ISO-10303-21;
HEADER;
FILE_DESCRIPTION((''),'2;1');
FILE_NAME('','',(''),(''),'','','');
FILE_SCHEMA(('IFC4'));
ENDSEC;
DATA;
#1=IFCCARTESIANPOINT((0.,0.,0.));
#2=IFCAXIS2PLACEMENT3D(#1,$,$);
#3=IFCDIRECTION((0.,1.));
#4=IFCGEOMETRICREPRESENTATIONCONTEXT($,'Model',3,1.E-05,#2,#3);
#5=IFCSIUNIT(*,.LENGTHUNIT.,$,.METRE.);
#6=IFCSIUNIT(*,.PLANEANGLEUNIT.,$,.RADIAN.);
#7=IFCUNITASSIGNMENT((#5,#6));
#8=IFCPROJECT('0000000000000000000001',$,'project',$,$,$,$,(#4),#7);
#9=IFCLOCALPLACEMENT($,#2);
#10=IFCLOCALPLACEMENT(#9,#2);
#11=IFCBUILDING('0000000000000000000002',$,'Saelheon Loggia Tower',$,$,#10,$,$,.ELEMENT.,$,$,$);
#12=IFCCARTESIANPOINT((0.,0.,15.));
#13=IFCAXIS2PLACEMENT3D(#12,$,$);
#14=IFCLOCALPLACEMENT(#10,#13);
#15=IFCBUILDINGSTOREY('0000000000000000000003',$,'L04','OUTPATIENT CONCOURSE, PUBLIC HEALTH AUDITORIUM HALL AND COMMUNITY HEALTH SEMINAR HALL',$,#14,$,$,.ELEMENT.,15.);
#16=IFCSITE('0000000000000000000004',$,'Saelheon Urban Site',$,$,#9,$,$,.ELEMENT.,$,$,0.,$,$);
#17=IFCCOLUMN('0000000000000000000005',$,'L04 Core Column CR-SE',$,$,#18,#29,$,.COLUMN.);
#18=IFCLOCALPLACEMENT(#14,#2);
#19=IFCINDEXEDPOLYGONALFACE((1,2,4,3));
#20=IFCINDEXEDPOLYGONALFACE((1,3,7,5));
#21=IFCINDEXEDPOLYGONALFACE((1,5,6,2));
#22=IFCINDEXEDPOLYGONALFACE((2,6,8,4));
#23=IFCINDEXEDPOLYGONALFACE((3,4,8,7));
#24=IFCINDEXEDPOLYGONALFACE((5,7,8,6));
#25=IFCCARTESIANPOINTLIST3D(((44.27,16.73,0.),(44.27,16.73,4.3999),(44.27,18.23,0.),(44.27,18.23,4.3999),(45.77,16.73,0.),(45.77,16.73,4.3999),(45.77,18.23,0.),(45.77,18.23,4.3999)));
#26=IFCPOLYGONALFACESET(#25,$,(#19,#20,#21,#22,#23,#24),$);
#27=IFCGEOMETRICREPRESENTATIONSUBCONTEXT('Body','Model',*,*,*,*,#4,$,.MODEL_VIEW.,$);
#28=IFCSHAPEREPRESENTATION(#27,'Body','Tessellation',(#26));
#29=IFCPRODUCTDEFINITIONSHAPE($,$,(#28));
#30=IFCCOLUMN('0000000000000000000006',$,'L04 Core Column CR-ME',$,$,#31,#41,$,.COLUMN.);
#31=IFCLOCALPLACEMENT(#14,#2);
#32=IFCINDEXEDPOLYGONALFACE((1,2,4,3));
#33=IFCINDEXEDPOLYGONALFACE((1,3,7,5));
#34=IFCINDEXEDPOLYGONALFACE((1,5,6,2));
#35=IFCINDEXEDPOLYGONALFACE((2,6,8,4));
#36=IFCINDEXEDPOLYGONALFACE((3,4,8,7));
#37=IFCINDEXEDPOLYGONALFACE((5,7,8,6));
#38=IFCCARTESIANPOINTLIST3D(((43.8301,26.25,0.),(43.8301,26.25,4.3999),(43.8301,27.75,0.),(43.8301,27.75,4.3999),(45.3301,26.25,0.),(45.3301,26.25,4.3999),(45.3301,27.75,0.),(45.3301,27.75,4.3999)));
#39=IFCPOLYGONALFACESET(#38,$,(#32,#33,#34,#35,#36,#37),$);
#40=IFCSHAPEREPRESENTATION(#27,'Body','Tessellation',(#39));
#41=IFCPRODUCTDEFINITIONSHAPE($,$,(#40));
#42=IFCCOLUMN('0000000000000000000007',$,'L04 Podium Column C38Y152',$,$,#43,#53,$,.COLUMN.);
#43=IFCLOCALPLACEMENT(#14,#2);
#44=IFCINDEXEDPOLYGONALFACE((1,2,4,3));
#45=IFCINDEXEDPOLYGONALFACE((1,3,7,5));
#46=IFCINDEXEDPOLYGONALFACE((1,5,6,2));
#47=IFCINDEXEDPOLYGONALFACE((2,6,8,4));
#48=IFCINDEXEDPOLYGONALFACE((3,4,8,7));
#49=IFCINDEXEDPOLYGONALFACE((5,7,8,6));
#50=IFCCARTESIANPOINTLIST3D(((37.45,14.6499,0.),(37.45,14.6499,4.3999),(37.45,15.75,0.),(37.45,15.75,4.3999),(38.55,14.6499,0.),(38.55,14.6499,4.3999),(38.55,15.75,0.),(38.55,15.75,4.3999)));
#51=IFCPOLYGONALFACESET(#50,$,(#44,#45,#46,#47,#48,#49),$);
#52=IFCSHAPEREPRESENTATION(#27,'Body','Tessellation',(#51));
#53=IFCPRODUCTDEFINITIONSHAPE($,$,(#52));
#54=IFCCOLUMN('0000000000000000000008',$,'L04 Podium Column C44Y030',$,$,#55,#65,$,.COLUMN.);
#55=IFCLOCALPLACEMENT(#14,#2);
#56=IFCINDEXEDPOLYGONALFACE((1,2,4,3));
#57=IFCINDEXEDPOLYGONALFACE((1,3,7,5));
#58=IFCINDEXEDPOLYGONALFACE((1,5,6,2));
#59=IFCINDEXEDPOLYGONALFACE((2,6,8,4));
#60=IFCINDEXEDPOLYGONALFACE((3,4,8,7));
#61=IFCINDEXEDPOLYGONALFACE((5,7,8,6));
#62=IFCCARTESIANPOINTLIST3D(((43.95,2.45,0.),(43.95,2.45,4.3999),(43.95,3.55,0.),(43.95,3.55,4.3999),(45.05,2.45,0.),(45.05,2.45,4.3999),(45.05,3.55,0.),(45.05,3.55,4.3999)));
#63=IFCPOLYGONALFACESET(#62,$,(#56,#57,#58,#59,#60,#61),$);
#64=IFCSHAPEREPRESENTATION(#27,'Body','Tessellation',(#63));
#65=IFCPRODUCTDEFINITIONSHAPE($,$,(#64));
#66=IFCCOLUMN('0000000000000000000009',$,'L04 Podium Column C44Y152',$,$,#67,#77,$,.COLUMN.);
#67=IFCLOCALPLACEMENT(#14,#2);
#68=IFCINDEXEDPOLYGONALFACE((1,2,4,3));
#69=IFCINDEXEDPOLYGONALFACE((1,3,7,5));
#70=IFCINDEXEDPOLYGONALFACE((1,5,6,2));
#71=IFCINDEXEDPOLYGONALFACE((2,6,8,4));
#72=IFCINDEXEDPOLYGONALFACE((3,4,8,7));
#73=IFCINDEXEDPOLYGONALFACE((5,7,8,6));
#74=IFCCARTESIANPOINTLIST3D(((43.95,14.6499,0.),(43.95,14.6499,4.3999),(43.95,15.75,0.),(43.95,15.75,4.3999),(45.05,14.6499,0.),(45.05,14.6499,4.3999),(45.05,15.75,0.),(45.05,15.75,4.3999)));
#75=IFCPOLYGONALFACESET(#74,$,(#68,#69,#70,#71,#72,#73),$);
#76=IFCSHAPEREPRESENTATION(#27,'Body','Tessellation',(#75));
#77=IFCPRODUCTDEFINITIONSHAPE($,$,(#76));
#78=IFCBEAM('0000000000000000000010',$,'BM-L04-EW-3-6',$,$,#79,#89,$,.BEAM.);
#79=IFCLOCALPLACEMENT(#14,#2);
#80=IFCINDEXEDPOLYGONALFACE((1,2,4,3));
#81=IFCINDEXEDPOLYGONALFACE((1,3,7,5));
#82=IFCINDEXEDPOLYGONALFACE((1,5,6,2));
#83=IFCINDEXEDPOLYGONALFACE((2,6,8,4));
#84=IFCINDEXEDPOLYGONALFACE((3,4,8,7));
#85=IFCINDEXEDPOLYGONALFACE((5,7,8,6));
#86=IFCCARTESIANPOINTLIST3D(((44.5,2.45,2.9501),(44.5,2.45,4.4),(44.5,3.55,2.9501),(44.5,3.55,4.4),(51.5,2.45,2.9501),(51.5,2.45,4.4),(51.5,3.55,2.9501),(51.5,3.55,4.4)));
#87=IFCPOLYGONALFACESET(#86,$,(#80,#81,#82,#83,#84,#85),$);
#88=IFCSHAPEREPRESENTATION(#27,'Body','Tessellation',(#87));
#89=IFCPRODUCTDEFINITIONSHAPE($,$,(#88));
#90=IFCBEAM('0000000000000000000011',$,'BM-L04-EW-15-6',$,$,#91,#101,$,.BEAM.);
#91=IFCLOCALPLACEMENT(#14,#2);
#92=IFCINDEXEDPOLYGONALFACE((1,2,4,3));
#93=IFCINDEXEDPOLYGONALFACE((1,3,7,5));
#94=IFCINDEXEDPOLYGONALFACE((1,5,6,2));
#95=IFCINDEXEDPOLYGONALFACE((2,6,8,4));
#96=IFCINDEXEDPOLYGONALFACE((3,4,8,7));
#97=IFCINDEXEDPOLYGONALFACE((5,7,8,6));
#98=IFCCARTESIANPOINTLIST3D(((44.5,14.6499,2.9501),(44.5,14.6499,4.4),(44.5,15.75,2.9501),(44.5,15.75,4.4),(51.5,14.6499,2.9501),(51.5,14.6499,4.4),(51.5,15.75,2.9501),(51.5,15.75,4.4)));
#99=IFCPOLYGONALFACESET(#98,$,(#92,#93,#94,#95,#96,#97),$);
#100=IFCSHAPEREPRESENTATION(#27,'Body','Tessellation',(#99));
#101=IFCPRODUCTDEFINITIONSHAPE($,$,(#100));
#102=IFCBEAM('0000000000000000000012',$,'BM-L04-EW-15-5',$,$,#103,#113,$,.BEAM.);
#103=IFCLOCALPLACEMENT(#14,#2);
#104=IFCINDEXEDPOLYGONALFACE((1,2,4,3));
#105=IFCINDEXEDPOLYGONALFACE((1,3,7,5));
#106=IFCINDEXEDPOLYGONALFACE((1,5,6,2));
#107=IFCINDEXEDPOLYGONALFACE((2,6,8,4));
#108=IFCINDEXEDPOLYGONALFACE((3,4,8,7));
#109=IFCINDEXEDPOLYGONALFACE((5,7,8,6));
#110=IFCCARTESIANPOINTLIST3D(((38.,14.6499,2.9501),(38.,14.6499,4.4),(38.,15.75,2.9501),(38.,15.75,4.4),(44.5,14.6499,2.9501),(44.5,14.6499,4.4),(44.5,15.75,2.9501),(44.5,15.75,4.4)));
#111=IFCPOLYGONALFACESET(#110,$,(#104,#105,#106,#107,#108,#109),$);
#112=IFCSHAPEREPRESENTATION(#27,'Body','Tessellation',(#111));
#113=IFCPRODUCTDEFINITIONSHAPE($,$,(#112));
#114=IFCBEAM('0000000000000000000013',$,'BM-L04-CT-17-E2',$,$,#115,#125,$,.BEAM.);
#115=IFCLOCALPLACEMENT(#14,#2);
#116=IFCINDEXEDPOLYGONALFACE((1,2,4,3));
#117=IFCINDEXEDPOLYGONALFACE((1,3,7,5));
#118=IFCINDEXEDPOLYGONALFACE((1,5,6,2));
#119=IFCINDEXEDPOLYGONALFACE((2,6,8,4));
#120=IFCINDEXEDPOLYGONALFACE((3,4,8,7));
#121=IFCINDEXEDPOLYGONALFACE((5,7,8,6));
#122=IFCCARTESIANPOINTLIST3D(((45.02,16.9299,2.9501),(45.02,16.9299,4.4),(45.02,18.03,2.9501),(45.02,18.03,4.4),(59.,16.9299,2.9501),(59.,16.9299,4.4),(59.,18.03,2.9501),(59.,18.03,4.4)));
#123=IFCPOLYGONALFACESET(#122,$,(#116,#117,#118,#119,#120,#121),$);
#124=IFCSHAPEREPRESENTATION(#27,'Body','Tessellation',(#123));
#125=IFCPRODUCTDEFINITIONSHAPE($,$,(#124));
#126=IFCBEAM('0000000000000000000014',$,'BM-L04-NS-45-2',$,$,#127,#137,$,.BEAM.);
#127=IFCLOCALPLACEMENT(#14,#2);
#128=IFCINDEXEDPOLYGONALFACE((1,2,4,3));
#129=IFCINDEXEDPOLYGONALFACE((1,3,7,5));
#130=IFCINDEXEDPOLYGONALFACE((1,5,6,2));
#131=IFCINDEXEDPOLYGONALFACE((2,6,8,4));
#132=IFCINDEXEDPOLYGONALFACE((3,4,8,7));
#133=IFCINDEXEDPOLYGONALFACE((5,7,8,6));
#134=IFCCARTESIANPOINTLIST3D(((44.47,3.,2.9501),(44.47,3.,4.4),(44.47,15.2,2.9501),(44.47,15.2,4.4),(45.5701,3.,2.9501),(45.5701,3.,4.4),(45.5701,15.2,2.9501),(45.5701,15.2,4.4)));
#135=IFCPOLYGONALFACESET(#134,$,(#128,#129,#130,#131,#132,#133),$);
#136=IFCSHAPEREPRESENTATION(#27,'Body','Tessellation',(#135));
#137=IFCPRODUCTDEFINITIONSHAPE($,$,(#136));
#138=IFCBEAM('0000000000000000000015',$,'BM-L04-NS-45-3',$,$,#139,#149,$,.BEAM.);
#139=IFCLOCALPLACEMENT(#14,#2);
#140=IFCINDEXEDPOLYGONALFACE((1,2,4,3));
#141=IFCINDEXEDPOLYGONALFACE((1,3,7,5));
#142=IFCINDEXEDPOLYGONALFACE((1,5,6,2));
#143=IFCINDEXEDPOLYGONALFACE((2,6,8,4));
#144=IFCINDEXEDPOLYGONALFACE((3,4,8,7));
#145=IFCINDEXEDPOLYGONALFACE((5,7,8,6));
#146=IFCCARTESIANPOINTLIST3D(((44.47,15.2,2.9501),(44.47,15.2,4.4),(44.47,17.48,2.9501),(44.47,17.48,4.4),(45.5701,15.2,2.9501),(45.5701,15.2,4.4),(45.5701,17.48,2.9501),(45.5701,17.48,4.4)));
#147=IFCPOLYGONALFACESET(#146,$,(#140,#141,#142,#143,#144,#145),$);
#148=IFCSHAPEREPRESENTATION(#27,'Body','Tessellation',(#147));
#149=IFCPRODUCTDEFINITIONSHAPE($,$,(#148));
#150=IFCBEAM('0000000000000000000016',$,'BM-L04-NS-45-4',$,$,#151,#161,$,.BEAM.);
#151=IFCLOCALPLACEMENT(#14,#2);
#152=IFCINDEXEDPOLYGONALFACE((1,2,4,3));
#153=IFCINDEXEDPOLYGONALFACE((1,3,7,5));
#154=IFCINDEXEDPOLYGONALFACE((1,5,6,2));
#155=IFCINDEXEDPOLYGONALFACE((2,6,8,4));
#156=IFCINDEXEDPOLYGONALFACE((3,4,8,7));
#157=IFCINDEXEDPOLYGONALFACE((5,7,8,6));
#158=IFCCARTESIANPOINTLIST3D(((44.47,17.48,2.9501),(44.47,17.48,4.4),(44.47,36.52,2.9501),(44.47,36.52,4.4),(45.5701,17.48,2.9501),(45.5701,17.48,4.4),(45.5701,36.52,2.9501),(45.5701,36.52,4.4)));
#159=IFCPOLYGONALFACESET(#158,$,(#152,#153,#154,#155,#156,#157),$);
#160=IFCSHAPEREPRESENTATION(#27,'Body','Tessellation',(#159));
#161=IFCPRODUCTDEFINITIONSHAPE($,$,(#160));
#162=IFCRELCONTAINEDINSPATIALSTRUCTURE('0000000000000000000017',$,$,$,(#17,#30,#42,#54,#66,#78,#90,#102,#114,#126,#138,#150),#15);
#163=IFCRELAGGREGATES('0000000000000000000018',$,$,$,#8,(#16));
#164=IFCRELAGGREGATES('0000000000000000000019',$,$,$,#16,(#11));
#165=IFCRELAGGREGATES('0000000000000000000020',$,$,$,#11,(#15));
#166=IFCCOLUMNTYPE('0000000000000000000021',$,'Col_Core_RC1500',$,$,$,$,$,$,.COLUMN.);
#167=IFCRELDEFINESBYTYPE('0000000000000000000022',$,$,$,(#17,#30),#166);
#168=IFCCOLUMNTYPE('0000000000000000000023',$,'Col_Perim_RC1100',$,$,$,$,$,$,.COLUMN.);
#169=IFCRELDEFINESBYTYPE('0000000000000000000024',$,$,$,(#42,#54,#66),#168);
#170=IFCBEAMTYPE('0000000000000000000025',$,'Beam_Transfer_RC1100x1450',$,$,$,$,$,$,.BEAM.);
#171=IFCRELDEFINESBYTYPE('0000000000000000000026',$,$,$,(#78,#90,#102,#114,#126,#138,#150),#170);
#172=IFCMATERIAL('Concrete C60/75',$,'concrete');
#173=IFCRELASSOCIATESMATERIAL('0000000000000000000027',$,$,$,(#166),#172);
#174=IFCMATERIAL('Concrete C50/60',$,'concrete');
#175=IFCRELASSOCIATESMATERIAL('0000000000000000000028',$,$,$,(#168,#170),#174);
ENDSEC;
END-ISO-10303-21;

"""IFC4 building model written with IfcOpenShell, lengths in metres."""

from ifc_helpers import new_model, si_unit, direction, frame, origin, origin_2d, place, context, subcontext, project, spatial, rectangle, extrude, source, transform, mapped, material, material_profile, profile_set, type_object, element, save


model = new_model("IFC4")

# Units and contexts
model_context = context("Model", 3, precision=1e-05, world=origin(), true_north=direction((0.0, 1.0)))
body_context = subcontext(model_context, "Body", "Model", "MODEL_VIEW")
ifc_project = project(units=[si_unit("LENGTHUNIT", "METRE"), si_unit("PLANEANGLEUNIT", "RADIAN")], contexts=[model_context])

# Site, building, storey
site_placement = place(None, origin())
site = spatial("IfcSite", under=ifc_project, at=site_placement, Name="Saelheon Urban Site", CompositionType="ELEMENT", RefElevation=0.0)
building_placement = place(site_placement, origin())
building = spatial("IfcBuilding", under=site, at=building_placement, Name="Saelheon Loggia Tower", CompositionType="ELEMENT")
storey_placement = place(building_placement, frame((0.0, 0.0, 15.0)))
storey = spatial("IfcBuildingStorey", under=building, at=storey_placement, Name="L04", Description="OUTPATIENT CONCOURSE, PUBLIC HEALTH AUDITORIUM HALL AND COMMUNITY HEALTH SEMINAR HALL", CompositionType="ELEMENT", Elevation=15.0)

# Columns
ifc_material_1 = material(Name="Concrete C60/75", Category="concrete")
ifc_material_profile_1 = material_profile(ifc_material_1, rectangle(XDim=1.5, YDim=1.5, at=origin_2d()), Name="RC-1500x1500")
ifc_profile_set_1 = profile_set([ifc_material_profile_1], Name="Concrete C60/75")
column_type_1 = type_object("IfcColumnType", Name="Col_Core_RC1500", PredefinedType="COLUMN", material=ifc_profile_set_1)
shared_shape_1 = source(origin(), body_context, "Body", "SweptSolid", [
    extrude(rectangle(XDim=1.5, YDim=1.5, at=origin_2d()), origin(), (0.0, 0.0, 1.0), 4.3999),
])
for number, where, z_axis, x_axis, name in (
    (1, (45.02, 17.48, 0.0), (0.0, 0.0, 1.0), (1.0, 0.0, 0.0), "L04 Core Column CR-SE"),
    (2, (44.5801, 27.0, 0.0), (0.0, 0.0, 1.0), (1.0, 0.0, 0.0), "L04 Core Column CR-ME"),
):
    element("IfcColumn", number, at=place(storey_placement, frame(where, z_axis=z_axis, x_axis=x_axis)), inside=storey, type_object=column_type_1, Name=name, PredefinedType="COLUMN", context=body_context, shape_type="MappedRepresentation", body=[
        mapped(shared_shape_1, transform((0.0, 0.0, 0.0), scale=1.0)),
    ])
ifc_material_2 = material(Name="Concrete C50/60", Category="concrete")
ifc_material_profile_2 = material_profile(ifc_material_2, rectangle(XDim=1.1001, YDim=1.1001, at=origin_2d()), Name="RC-1100x1100")
ifc_profile_set_2 = profile_set([ifc_material_profile_2], Name="Concrete C50/60")
column_type_2 = type_object("IfcColumnType", Name="Col_Perim_RC1100", PredefinedType="COLUMN", material=ifc_profile_set_2)
shared_shape_2 = source(origin(), body_context, "Body", "SweptSolid", [
    extrude(rectangle(XDim=1.1001, YDim=1.1001, at=origin_2d()), origin(), (0.0, 0.0, 1.0), 4.3999),
])
for number, where, z_axis, x_axis, name in (
    (3, (38.0, 15.2, 0.0), (0.0, 0.0, 1.0), (1.0, 0.0, 0.0), "L04 Podium Column C38Y152"),
    (4, (44.5, 3.0, 0.0), (0.0, 0.0, 1.0), (1.0, 0.0, 0.0), "L04 Podium Column C44Y030"),
    (5, (44.5, 15.2, 0.0), (0.0, 0.0, 1.0), (1.0, 0.0, 0.0), "L04 Podium Column C44Y152"),
):
    element("IfcColumn", number, at=place(storey_placement, frame(where, z_axis=z_axis, x_axis=x_axis)), inside=storey, type_object=column_type_2, Name=name, PredefinedType="COLUMN", context=body_context, shape_type="MappedRepresentation", body=[
        mapped(shared_shape_2, transform((0.0, 0.0, 0.0), scale=1.0)),
    ])

# Beams
ifc_material_profile_3 = material_profile(ifc_material_2, rectangle(XDim=1.1001, YDim=1.45, at=origin_2d()), Name="RC-1100x1450")
ifc_profile_set_3 = profile_set([ifc_material_profile_3], Name="Concrete C50/60")
beam_type = type_object("IfcBeamType", Name="Beam_Transfer_RC1100x1450", PredefinedType="BEAM", material=ifc_profile_set_3)
shared_shape_3 = source(origin(), body_context, "Body", "SweptSolid", [
    extrude(rectangle(XDim=1.1001, YDim=1.45, at=origin_2d()), origin(), (0.0, 0.0, 1.0), 7.0),
])
for number, where, z_axis, x_axis, name in (
    (6, (44.5, 3.0, 3.675), (1.0, 0.0, 0.0), (0.0, 1.0, 0.0), "BM-L04-EW-3-6"),
    (7, (44.5, 15.2, 3.675), (1.0, 0.0, 0.0), (0.0, 1.0, 0.0), "BM-L04-EW-15-6"),
):
    element("IfcBeam", number, at=place(storey_placement, frame(where, z_axis=z_axis, x_axis=x_axis)), inside=storey, type_object=beam_type, Name=name, PredefinedType="BEAM", context=body_context, shape_type="MappedRepresentation", body=[
        mapped(shared_shape_3, transform((0.0, 0.0, 0.0), scale=1.0)),
    ])
shared_shape_4 = source(origin(), body_context, "Body", "SweptSolid", [
    extrude(rectangle(XDim=1.1001, YDim=1.45, at=origin_2d()), origin(), (0.0, 0.0, 1.0), 6.5),
])
beam_1_placement = place(storey_placement, frame((38.0, 15.2, 3.675), z_axis=(1.0, 0.0, 0.0), x_axis=(0.0, 1.0, 0.0)))
element("IfcBeam", 8, at=beam_1_placement, inside=storey, type_object=beam_type, Name="BM-L04-EW-15-5", PredefinedType="BEAM", context=body_context, shape_type="MappedRepresentation", body=[
    mapped(shared_shape_4, transform((0.0, 0.0, 0.0), scale=1.0)),
])
shared_shape_5 = source(origin(), body_context, "Body", "SweptSolid", [
    extrude(rectangle(XDim=1.1001, YDim=1.45, at=origin_2d()), origin(), (0.0, 0.0, 1.0), 13.98),
])
beam_2_placement = place(storey_placement, frame((45.02, 17.48, 3.675), z_axis=(1.0, 0.0, 0.0), x_axis=(0.0, 1.0, 0.0)))
element("IfcBeam", 9, at=beam_2_placement, inside=storey, type_object=beam_type, Name="BM-L04-CT-17-E2", PredefinedType="BEAM", context=body_context, shape_type="MappedRepresentation", body=[
    mapped(shared_shape_5, transform((0.0, 0.0, 0.0), scale=1.0)),
])
shared_shape_6 = source(origin(), body_context, "Body", "SweptSolid", [
    extrude(rectangle(XDim=1.1001, YDim=1.45, at=origin_2d()), origin(), (0.0, 0.0, 1.0), 12.2),
])
beam_3_placement = place(storey_placement, frame((45.02, 3.0, 3.675), z_axis=(0.0, 1.0, 0.0), x_axis=(-1.0, 0.0, 0.0)))
element("IfcBeam", 10, at=beam_3_placement, inside=storey, type_object=beam_type, Name="BM-L04-NS-45-2", PredefinedType="BEAM", context=body_context, shape_type="MappedRepresentation", body=[
    mapped(shared_shape_6, transform((0.0, 0.0, 0.0), scale=1.0)),
])
shared_shape_7 = source(origin(), body_context, "Body", "SweptSolid", [
    extrude(rectangle(XDim=1.1001, YDim=1.45, at=origin_2d()), origin(), (0.0, 0.0, 1.0), 2.28),
])
beam_4_placement = place(storey_placement, frame((45.02, 15.2, 3.675), z_axis=(0.0, 1.0, 0.0), x_axis=(-1.0, 0.0, 0.0)))
element("IfcBeam", 11, at=beam_4_placement, inside=storey, type_object=beam_type, Name="BM-L04-NS-45-3", PredefinedType="BEAM", context=body_context, shape_type="MappedRepresentation", body=[
    mapped(shared_shape_7, transform((0.0, 0.0, 0.0), scale=1.0)),
])
shared_shape_8 = source(origin(), body_context, "Body", "SweptSolid", [
    extrude(rectangle(XDim=1.1001, YDim=1.45, at=origin_2d()), origin(), (0.0, 0.0, 1.0), 19.04),
])
beam_5_placement = place(storey_placement, frame((45.02, 17.48, 3.675), z_axis=(0.0, 1.0, 0.0), x_axis=(-1.0, 0.0, 0.0)))
element("IfcBeam", 12, at=beam_5_placement, inside=storey, type_object=beam_type, Name="BM-L04-NS-45-4", PredefinedType="BEAM", context=body_context, shape_type="MappedRepresentation", body=[
    mapped(shared_shape_8, transform((0.0, 0.0, 0.0), scale=1.0)),
])

save(model, "model.ifc")
